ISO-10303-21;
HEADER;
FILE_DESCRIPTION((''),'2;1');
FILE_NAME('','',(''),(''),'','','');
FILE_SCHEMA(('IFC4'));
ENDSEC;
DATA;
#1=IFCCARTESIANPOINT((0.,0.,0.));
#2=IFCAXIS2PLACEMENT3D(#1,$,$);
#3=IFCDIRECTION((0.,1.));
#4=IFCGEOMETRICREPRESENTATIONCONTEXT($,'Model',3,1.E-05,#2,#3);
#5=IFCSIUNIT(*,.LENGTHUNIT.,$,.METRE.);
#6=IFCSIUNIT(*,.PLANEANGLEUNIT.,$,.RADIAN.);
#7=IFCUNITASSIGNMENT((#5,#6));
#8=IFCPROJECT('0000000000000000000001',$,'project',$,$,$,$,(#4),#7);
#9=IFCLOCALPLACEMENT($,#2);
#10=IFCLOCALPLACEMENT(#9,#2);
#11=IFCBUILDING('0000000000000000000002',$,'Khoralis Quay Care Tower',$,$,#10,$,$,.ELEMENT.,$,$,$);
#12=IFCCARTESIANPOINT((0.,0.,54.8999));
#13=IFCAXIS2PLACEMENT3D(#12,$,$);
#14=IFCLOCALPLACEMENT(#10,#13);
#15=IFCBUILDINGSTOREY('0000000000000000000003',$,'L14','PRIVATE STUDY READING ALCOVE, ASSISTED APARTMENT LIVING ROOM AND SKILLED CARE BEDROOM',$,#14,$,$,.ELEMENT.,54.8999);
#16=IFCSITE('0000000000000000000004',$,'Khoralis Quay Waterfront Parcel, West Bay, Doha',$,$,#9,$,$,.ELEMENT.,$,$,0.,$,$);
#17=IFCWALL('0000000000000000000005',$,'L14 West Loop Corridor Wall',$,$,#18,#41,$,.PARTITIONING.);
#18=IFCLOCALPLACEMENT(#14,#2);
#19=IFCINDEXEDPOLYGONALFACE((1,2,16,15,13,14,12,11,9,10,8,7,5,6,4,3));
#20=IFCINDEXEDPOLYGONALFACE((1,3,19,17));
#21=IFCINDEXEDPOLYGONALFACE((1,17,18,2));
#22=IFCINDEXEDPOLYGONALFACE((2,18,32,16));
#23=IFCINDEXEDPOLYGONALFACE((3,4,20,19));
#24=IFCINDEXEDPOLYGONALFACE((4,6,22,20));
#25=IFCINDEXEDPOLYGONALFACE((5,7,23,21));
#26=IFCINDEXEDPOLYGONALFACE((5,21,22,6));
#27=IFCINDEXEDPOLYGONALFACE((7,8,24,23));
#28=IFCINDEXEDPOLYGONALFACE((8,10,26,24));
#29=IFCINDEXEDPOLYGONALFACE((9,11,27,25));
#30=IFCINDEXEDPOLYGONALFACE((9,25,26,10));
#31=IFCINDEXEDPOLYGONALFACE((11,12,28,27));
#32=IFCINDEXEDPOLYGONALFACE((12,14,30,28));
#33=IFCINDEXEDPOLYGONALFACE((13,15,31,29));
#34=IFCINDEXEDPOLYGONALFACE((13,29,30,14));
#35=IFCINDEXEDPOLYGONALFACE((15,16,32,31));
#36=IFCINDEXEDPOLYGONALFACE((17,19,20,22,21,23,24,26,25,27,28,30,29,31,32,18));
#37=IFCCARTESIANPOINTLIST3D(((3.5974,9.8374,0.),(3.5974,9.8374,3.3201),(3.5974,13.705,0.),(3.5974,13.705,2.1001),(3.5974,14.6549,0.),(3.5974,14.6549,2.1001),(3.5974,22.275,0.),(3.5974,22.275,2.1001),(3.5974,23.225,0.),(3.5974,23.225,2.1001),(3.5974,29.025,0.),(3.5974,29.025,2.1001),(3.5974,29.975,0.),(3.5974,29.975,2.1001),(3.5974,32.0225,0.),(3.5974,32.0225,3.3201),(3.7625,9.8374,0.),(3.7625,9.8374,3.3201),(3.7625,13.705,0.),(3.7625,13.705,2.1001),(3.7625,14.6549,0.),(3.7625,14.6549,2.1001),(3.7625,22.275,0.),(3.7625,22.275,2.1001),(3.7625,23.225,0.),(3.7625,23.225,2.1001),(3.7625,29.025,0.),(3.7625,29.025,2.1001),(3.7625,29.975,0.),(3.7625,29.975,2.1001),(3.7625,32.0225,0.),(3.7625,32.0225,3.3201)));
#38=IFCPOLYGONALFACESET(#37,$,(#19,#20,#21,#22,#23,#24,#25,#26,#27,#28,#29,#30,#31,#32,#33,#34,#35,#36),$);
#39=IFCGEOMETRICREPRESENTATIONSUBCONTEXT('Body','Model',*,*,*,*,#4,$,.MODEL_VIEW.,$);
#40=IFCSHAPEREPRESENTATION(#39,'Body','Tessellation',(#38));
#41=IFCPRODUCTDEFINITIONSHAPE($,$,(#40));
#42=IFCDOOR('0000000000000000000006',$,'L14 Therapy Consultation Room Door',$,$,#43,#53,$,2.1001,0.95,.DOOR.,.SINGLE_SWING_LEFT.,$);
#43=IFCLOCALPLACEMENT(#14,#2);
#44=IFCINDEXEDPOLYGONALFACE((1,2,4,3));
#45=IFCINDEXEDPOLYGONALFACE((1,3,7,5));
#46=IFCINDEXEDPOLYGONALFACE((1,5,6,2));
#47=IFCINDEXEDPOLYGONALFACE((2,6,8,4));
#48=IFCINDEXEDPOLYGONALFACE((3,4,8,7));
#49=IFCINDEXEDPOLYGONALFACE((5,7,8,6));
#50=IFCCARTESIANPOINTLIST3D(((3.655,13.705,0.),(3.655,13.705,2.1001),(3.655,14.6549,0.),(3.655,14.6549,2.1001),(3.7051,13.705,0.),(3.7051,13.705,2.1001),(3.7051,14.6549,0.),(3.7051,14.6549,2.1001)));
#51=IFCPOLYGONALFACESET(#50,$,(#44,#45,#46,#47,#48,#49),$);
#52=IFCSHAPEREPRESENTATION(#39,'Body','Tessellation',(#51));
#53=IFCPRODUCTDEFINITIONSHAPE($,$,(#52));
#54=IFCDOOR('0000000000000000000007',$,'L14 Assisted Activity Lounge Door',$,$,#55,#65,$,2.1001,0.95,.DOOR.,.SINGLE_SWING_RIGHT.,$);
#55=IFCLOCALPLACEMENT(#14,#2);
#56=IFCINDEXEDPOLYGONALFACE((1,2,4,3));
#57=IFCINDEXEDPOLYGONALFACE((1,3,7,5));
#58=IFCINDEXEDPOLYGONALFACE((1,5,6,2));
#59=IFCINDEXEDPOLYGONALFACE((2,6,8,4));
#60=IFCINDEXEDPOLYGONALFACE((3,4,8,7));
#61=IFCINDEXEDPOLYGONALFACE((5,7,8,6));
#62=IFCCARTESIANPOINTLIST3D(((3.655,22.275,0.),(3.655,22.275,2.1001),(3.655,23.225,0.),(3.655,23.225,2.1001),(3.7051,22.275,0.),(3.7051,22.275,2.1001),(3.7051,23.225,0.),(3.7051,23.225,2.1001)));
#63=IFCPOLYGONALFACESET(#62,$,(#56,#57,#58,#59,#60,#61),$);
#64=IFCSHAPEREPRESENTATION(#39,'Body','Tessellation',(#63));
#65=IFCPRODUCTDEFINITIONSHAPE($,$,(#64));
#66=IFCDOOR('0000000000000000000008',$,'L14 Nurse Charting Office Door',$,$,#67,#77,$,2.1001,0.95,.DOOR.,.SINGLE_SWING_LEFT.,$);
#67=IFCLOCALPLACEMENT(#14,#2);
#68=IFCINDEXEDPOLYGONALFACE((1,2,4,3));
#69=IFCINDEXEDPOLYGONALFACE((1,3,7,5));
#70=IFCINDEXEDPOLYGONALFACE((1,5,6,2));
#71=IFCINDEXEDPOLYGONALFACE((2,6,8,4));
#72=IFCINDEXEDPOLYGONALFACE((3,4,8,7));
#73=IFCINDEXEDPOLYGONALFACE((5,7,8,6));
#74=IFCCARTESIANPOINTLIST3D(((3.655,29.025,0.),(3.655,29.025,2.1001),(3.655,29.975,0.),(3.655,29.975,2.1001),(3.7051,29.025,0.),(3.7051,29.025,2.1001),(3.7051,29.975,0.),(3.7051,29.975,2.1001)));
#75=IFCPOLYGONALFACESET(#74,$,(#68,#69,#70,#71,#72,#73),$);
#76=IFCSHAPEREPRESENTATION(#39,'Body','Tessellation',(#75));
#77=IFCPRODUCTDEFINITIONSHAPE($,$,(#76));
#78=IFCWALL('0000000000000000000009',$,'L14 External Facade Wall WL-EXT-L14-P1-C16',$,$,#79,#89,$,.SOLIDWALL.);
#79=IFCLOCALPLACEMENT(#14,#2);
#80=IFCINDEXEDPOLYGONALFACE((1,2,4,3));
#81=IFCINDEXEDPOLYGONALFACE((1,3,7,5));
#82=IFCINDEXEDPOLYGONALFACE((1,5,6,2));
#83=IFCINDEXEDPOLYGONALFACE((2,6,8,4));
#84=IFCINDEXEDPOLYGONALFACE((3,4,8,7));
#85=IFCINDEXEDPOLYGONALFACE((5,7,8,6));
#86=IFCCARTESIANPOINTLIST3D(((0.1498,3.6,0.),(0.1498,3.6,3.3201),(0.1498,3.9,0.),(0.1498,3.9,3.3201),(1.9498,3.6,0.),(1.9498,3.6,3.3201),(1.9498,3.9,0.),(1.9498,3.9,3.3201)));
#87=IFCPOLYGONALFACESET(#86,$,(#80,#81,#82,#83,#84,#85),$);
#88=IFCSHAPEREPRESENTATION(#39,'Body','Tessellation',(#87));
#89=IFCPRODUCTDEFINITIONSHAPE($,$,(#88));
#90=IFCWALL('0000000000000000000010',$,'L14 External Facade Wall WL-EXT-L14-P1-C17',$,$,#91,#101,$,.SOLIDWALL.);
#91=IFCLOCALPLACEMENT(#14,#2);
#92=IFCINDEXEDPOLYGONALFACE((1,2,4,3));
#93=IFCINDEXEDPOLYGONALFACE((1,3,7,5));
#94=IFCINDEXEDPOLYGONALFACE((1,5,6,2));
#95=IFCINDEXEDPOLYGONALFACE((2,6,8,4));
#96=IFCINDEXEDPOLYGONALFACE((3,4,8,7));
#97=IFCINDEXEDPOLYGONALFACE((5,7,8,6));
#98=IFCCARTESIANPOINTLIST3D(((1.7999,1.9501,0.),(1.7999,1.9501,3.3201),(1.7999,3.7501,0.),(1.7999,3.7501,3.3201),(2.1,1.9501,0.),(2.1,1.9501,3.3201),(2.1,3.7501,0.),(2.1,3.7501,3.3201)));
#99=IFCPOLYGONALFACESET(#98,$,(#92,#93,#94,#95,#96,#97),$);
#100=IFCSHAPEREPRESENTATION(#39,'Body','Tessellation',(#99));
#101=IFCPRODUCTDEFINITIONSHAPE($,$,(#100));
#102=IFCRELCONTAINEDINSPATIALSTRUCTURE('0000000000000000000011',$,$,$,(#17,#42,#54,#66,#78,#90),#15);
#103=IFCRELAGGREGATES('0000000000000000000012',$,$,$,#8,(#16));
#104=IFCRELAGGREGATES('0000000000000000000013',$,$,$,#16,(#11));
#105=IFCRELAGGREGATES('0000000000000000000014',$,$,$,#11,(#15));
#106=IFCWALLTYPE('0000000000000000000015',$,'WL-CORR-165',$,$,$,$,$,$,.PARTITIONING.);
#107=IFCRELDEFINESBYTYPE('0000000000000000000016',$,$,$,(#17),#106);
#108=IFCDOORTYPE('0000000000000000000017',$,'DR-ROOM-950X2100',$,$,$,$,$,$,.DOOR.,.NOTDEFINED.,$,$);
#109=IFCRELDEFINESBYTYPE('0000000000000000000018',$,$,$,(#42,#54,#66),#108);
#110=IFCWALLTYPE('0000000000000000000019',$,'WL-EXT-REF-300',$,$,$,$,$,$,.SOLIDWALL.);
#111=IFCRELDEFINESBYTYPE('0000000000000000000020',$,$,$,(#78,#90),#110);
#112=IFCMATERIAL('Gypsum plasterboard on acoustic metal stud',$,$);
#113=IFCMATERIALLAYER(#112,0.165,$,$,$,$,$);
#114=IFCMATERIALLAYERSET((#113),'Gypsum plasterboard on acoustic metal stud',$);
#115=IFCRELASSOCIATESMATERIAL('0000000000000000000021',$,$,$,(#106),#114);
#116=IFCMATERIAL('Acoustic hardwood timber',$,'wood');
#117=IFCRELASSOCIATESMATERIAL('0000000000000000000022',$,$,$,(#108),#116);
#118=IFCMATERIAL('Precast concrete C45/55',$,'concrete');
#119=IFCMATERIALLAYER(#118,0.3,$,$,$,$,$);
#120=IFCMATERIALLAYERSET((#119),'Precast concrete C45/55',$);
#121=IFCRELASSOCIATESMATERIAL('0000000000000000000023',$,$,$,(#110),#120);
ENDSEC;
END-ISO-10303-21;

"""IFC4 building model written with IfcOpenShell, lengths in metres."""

from ifc_helpers import new_model, si_unit, direction, frame, frame_2d, origin, place, context, subcontext, project, spatial, rectangle, extrude, source, transform, mapped, material, layer, layer_set, type_object, element, fill, save


model = new_model("IFC4")

# Units and contexts
model_context = context("Model", 3, precision=1e-05, world=origin(), true_north=direction((0.0, 1.0)))
body_context = subcontext(model_context, "Body", "Model", "MODEL_VIEW")
ifc_project = project(units=[si_unit("LENGTHUNIT", "METRE"), si_unit("PLANEANGLEUNIT", "RADIAN")], contexts=[model_context])

# Site, building, storey
site_placement = place(None, origin())
site = spatial("IfcSite", under=ifc_project, at=site_placement, Name="Khoralis Quay Waterfront Parcel, West Bay, Doha", CompositionType="ELEMENT", RefElevation=0.0)
building_placement = place(site_placement, origin())
building = spatial("IfcBuilding", under=site, at=building_placement, Name="Khoralis Quay Care Tower", CompositionType="ELEMENT")
storey_placement = place(building_placement, frame((0.0, 0.0, 54.8999)))
storey = spatial("IfcBuildingStorey", under=building, at=storey_placement, Name="L14", Description="PRIVATE STUDY READING ALCOVE, ASSISTED APARTMENT LIVING ROOM AND SKILLED CARE BEDROOM", CompositionType="ELEMENT", Elevation=54.8999)

# Shared definitions
ifc_material_1 = material(Name="Gypsum plasterboard on acoustic metal stud")

# Wall, openings, doors
ifc_layer_1 = layer(ifc_material_1, 0.165)
ifc_layer_set_1 = layer_set([ifc_layer_1], Name="Gypsum plasterboard on acoustic metal stud")
wall_type_1 = type_object("IfcWallType", Name="WL-CORR-165", PredefinedType="PARTITIONING", material=ifc_layer_set_1)
ifc_material_2 = material(Name="Acoustic hardwood timber", Category="wood")
door_type_1 = type_object("IfcDoorType", Name="DR-ROOM-950X2100", OperationType="NOTDEFINED", PredefinedType="DOOR", material=ifc_material_2)
shared_shape_1 = source(origin(), body_context, "Body", "SweptSolid", [
    extrude(rectangle(XDim=0.95, YDim=2.1001, at=frame_2d((0.4751, 1.05))), frame((0.0, 0.0249, 0.0), z_axis=(0.0, -1.0, 0.0), x_axis=(1.0, 0.0, 0.0)), (0.0, 0.0, 1.0), 0.05),
])
wall_1_placement = place(storey_placement, frame((3.6799, 9.8374, 0.0), z_axis=(0.0, 0.0, 1.0), x_axis=(0.0, 1.0, 0.0)))
wall_1 = element("IfcWall", 1, at=wall_1_placement, inside=storey, type_object=wall_type_1, Name="L14 West Loop Corridor Wall", PredefinedType="PARTITIONING", context=body_context, shape_type="SweptSolid", body=[
    extrude(rectangle(XDim=22.1851, YDim=0.165, at=frame_2d((11.0925, 0.0))), origin(), (0.0, 0.0, 1.0), 3.3201),
])
opening_1_placement = place(wall_1_placement, frame((3.8674, 0.0, 0.0)))
opening_1 = element("IfcOpeningElement", 2, at=opening_1_placement, cuts=wall_1, PredefinedType="OPENING", context=body_context, shape_type="SweptSolid", body=[
    extrude(rectangle(XDim=0.95, YDim=2.1001, at=frame_2d((0.4751, 1.05))), frame((0.0, 0.0925, 0.0), z_axis=(0.0, -1.0, 0.0), x_axis=(1.0, 0.0, 0.0)), (0.0, 0.0, 1.0), 0.1851),
])
opening_2_placement = place(wall_1_placement, frame((12.4375, 0.0, 0.0)))
opening_2 = element("IfcOpeningElement", 3, at=opening_2_placement, cuts=wall_1, PredefinedType="OPENING", context=body_context, shape_type="SweptSolid", body=[
    extrude(rectangle(XDim=0.95, YDim=2.1001, at=frame_2d((0.4751, 1.05))), frame((0.0, 0.0925, 0.0), z_axis=(0.0, -1.0, 0.0), x_axis=(1.0, 0.0, 0.0)), (0.0, 0.0, 1.0), 0.1851),
])
opening_3_placement = place(wall_1_placement, frame((19.1875, 0.0, 0.0)))
opening_3 = element("IfcOpeningElement", 4, at=opening_3_placement, cuts=wall_1, PredefinedType="OPENING", context=body_context, shape_type="SweptSolid", body=[
    extrude(rectangle(XDim=0.95, YDim=2.1001, at=frame_2d((0.4751, 1.05))), frame((0.0, 0.0925, 0.0), z_axis=(0.0, -1.0, 0.0), x_axis=(1.0, 0.0, 0.0)), (0.0, 0.0, 1.0), 0.1851),
])
door_1_placement = place(opening_1_placement, origin())
door_1 = element("IfcDoor", 5, at=door_1_placement, inside=storey, type_object=door_type_1, Name="L14 Therapy Consultation Room Door", OperationType="SINGLE_SWING_LEFT", OverallHeight=2.1001, OverallWidth=0.95, PredefinedType="DOOR", context=body_context, shape_type="MappedRepresentation", body=[
    mapped(shared_shape_1, transform((0.0, 0.0, 0.0), scale=1.0)),
])
fill(opening_1, door_1)
door_2_placement = place(opening_2_placement, origin())
door_2 = element("IfcDoor", 6, at=door_2_placement, inside=storey, type_object=door_type_1, Name="L14 Assisted Activity Lounge Door", OperationType="SINGLE_SWING_RIGHT", OverallHeight=2.1001, OverallWidth=0.95, PredefinedType="DOOR", context=body_context, shape_type="MappedRepresentation", body=[
    mapped(shared_shape_1, transform((0.0, 0.0, 0.0), scale=1.0)),
])
fill(opening_2, door_2)
door_3_placement = place(opening_3_placement, origin())
door_3 = element("IfcDoor", 7, at=door_3_placement, inside=storey, type_object=door_type_1, Name="L14 Nurse Charting Office Door", OperationType="SINGLE_SWING_LEFT", OverallHeight=2.1001, OverallWidth=0.95, PredefinedType="DOOR", context=body_context, shape_type="MappedRepresentation", body=[
    mapped(shared_shape_1, transform((0.0, 0.0, 0.0), scale=1.0)),
])
fill(opening_3, door_3)

# Walls
ifc_material_3 = material(Name="Precast concrete C45/55", Category="concrete")
ifc_layer_2 = layer(ifc_material_3, 0.3)
ifc_layer_set_2 = layer_set([ifc_layer_2], Name="Precast concrete C45/55")
wall_type_2 = type_object("IfcWallType", Name="WL-EXT-REF-300", PredefinedType="SOLIDWALL", material=ifc_layer_set_2)
for number, where, z_axis, x_axis, name in (
    (8, (0.1499, 3.75, 0.0), (0.0, 0.0, 1.0), (1.0, 0.0, 0.0), "L14 External Facade Wall WL-EXT-L14-P1-C16"),
    (9, (1.95, 3.75, 0.0), (0.0, 0.0, 1.0), (0.0, -1.0, 0.0), "L14 External Facade Wall WL-EXT-L14-P1-C17"),
):
    element("IfcWall", number, at=place(storey_placement, frame(where, z_axis=z_axis, x_axis=x_axis)), inside=storey, type_object=wall_type_2, Name=name, PredefinedType="SOLIDWALL", context=body_context, shape_type="SweptSolid", body=[
        extrude(rectangle(XDim=1.8, YDim=0.3, at=frame_2d((0.8999, 0.0))), origin(), (0.0, 0.0, 1.0), 3.3201),
    ])

save(model, "model.ifc")
